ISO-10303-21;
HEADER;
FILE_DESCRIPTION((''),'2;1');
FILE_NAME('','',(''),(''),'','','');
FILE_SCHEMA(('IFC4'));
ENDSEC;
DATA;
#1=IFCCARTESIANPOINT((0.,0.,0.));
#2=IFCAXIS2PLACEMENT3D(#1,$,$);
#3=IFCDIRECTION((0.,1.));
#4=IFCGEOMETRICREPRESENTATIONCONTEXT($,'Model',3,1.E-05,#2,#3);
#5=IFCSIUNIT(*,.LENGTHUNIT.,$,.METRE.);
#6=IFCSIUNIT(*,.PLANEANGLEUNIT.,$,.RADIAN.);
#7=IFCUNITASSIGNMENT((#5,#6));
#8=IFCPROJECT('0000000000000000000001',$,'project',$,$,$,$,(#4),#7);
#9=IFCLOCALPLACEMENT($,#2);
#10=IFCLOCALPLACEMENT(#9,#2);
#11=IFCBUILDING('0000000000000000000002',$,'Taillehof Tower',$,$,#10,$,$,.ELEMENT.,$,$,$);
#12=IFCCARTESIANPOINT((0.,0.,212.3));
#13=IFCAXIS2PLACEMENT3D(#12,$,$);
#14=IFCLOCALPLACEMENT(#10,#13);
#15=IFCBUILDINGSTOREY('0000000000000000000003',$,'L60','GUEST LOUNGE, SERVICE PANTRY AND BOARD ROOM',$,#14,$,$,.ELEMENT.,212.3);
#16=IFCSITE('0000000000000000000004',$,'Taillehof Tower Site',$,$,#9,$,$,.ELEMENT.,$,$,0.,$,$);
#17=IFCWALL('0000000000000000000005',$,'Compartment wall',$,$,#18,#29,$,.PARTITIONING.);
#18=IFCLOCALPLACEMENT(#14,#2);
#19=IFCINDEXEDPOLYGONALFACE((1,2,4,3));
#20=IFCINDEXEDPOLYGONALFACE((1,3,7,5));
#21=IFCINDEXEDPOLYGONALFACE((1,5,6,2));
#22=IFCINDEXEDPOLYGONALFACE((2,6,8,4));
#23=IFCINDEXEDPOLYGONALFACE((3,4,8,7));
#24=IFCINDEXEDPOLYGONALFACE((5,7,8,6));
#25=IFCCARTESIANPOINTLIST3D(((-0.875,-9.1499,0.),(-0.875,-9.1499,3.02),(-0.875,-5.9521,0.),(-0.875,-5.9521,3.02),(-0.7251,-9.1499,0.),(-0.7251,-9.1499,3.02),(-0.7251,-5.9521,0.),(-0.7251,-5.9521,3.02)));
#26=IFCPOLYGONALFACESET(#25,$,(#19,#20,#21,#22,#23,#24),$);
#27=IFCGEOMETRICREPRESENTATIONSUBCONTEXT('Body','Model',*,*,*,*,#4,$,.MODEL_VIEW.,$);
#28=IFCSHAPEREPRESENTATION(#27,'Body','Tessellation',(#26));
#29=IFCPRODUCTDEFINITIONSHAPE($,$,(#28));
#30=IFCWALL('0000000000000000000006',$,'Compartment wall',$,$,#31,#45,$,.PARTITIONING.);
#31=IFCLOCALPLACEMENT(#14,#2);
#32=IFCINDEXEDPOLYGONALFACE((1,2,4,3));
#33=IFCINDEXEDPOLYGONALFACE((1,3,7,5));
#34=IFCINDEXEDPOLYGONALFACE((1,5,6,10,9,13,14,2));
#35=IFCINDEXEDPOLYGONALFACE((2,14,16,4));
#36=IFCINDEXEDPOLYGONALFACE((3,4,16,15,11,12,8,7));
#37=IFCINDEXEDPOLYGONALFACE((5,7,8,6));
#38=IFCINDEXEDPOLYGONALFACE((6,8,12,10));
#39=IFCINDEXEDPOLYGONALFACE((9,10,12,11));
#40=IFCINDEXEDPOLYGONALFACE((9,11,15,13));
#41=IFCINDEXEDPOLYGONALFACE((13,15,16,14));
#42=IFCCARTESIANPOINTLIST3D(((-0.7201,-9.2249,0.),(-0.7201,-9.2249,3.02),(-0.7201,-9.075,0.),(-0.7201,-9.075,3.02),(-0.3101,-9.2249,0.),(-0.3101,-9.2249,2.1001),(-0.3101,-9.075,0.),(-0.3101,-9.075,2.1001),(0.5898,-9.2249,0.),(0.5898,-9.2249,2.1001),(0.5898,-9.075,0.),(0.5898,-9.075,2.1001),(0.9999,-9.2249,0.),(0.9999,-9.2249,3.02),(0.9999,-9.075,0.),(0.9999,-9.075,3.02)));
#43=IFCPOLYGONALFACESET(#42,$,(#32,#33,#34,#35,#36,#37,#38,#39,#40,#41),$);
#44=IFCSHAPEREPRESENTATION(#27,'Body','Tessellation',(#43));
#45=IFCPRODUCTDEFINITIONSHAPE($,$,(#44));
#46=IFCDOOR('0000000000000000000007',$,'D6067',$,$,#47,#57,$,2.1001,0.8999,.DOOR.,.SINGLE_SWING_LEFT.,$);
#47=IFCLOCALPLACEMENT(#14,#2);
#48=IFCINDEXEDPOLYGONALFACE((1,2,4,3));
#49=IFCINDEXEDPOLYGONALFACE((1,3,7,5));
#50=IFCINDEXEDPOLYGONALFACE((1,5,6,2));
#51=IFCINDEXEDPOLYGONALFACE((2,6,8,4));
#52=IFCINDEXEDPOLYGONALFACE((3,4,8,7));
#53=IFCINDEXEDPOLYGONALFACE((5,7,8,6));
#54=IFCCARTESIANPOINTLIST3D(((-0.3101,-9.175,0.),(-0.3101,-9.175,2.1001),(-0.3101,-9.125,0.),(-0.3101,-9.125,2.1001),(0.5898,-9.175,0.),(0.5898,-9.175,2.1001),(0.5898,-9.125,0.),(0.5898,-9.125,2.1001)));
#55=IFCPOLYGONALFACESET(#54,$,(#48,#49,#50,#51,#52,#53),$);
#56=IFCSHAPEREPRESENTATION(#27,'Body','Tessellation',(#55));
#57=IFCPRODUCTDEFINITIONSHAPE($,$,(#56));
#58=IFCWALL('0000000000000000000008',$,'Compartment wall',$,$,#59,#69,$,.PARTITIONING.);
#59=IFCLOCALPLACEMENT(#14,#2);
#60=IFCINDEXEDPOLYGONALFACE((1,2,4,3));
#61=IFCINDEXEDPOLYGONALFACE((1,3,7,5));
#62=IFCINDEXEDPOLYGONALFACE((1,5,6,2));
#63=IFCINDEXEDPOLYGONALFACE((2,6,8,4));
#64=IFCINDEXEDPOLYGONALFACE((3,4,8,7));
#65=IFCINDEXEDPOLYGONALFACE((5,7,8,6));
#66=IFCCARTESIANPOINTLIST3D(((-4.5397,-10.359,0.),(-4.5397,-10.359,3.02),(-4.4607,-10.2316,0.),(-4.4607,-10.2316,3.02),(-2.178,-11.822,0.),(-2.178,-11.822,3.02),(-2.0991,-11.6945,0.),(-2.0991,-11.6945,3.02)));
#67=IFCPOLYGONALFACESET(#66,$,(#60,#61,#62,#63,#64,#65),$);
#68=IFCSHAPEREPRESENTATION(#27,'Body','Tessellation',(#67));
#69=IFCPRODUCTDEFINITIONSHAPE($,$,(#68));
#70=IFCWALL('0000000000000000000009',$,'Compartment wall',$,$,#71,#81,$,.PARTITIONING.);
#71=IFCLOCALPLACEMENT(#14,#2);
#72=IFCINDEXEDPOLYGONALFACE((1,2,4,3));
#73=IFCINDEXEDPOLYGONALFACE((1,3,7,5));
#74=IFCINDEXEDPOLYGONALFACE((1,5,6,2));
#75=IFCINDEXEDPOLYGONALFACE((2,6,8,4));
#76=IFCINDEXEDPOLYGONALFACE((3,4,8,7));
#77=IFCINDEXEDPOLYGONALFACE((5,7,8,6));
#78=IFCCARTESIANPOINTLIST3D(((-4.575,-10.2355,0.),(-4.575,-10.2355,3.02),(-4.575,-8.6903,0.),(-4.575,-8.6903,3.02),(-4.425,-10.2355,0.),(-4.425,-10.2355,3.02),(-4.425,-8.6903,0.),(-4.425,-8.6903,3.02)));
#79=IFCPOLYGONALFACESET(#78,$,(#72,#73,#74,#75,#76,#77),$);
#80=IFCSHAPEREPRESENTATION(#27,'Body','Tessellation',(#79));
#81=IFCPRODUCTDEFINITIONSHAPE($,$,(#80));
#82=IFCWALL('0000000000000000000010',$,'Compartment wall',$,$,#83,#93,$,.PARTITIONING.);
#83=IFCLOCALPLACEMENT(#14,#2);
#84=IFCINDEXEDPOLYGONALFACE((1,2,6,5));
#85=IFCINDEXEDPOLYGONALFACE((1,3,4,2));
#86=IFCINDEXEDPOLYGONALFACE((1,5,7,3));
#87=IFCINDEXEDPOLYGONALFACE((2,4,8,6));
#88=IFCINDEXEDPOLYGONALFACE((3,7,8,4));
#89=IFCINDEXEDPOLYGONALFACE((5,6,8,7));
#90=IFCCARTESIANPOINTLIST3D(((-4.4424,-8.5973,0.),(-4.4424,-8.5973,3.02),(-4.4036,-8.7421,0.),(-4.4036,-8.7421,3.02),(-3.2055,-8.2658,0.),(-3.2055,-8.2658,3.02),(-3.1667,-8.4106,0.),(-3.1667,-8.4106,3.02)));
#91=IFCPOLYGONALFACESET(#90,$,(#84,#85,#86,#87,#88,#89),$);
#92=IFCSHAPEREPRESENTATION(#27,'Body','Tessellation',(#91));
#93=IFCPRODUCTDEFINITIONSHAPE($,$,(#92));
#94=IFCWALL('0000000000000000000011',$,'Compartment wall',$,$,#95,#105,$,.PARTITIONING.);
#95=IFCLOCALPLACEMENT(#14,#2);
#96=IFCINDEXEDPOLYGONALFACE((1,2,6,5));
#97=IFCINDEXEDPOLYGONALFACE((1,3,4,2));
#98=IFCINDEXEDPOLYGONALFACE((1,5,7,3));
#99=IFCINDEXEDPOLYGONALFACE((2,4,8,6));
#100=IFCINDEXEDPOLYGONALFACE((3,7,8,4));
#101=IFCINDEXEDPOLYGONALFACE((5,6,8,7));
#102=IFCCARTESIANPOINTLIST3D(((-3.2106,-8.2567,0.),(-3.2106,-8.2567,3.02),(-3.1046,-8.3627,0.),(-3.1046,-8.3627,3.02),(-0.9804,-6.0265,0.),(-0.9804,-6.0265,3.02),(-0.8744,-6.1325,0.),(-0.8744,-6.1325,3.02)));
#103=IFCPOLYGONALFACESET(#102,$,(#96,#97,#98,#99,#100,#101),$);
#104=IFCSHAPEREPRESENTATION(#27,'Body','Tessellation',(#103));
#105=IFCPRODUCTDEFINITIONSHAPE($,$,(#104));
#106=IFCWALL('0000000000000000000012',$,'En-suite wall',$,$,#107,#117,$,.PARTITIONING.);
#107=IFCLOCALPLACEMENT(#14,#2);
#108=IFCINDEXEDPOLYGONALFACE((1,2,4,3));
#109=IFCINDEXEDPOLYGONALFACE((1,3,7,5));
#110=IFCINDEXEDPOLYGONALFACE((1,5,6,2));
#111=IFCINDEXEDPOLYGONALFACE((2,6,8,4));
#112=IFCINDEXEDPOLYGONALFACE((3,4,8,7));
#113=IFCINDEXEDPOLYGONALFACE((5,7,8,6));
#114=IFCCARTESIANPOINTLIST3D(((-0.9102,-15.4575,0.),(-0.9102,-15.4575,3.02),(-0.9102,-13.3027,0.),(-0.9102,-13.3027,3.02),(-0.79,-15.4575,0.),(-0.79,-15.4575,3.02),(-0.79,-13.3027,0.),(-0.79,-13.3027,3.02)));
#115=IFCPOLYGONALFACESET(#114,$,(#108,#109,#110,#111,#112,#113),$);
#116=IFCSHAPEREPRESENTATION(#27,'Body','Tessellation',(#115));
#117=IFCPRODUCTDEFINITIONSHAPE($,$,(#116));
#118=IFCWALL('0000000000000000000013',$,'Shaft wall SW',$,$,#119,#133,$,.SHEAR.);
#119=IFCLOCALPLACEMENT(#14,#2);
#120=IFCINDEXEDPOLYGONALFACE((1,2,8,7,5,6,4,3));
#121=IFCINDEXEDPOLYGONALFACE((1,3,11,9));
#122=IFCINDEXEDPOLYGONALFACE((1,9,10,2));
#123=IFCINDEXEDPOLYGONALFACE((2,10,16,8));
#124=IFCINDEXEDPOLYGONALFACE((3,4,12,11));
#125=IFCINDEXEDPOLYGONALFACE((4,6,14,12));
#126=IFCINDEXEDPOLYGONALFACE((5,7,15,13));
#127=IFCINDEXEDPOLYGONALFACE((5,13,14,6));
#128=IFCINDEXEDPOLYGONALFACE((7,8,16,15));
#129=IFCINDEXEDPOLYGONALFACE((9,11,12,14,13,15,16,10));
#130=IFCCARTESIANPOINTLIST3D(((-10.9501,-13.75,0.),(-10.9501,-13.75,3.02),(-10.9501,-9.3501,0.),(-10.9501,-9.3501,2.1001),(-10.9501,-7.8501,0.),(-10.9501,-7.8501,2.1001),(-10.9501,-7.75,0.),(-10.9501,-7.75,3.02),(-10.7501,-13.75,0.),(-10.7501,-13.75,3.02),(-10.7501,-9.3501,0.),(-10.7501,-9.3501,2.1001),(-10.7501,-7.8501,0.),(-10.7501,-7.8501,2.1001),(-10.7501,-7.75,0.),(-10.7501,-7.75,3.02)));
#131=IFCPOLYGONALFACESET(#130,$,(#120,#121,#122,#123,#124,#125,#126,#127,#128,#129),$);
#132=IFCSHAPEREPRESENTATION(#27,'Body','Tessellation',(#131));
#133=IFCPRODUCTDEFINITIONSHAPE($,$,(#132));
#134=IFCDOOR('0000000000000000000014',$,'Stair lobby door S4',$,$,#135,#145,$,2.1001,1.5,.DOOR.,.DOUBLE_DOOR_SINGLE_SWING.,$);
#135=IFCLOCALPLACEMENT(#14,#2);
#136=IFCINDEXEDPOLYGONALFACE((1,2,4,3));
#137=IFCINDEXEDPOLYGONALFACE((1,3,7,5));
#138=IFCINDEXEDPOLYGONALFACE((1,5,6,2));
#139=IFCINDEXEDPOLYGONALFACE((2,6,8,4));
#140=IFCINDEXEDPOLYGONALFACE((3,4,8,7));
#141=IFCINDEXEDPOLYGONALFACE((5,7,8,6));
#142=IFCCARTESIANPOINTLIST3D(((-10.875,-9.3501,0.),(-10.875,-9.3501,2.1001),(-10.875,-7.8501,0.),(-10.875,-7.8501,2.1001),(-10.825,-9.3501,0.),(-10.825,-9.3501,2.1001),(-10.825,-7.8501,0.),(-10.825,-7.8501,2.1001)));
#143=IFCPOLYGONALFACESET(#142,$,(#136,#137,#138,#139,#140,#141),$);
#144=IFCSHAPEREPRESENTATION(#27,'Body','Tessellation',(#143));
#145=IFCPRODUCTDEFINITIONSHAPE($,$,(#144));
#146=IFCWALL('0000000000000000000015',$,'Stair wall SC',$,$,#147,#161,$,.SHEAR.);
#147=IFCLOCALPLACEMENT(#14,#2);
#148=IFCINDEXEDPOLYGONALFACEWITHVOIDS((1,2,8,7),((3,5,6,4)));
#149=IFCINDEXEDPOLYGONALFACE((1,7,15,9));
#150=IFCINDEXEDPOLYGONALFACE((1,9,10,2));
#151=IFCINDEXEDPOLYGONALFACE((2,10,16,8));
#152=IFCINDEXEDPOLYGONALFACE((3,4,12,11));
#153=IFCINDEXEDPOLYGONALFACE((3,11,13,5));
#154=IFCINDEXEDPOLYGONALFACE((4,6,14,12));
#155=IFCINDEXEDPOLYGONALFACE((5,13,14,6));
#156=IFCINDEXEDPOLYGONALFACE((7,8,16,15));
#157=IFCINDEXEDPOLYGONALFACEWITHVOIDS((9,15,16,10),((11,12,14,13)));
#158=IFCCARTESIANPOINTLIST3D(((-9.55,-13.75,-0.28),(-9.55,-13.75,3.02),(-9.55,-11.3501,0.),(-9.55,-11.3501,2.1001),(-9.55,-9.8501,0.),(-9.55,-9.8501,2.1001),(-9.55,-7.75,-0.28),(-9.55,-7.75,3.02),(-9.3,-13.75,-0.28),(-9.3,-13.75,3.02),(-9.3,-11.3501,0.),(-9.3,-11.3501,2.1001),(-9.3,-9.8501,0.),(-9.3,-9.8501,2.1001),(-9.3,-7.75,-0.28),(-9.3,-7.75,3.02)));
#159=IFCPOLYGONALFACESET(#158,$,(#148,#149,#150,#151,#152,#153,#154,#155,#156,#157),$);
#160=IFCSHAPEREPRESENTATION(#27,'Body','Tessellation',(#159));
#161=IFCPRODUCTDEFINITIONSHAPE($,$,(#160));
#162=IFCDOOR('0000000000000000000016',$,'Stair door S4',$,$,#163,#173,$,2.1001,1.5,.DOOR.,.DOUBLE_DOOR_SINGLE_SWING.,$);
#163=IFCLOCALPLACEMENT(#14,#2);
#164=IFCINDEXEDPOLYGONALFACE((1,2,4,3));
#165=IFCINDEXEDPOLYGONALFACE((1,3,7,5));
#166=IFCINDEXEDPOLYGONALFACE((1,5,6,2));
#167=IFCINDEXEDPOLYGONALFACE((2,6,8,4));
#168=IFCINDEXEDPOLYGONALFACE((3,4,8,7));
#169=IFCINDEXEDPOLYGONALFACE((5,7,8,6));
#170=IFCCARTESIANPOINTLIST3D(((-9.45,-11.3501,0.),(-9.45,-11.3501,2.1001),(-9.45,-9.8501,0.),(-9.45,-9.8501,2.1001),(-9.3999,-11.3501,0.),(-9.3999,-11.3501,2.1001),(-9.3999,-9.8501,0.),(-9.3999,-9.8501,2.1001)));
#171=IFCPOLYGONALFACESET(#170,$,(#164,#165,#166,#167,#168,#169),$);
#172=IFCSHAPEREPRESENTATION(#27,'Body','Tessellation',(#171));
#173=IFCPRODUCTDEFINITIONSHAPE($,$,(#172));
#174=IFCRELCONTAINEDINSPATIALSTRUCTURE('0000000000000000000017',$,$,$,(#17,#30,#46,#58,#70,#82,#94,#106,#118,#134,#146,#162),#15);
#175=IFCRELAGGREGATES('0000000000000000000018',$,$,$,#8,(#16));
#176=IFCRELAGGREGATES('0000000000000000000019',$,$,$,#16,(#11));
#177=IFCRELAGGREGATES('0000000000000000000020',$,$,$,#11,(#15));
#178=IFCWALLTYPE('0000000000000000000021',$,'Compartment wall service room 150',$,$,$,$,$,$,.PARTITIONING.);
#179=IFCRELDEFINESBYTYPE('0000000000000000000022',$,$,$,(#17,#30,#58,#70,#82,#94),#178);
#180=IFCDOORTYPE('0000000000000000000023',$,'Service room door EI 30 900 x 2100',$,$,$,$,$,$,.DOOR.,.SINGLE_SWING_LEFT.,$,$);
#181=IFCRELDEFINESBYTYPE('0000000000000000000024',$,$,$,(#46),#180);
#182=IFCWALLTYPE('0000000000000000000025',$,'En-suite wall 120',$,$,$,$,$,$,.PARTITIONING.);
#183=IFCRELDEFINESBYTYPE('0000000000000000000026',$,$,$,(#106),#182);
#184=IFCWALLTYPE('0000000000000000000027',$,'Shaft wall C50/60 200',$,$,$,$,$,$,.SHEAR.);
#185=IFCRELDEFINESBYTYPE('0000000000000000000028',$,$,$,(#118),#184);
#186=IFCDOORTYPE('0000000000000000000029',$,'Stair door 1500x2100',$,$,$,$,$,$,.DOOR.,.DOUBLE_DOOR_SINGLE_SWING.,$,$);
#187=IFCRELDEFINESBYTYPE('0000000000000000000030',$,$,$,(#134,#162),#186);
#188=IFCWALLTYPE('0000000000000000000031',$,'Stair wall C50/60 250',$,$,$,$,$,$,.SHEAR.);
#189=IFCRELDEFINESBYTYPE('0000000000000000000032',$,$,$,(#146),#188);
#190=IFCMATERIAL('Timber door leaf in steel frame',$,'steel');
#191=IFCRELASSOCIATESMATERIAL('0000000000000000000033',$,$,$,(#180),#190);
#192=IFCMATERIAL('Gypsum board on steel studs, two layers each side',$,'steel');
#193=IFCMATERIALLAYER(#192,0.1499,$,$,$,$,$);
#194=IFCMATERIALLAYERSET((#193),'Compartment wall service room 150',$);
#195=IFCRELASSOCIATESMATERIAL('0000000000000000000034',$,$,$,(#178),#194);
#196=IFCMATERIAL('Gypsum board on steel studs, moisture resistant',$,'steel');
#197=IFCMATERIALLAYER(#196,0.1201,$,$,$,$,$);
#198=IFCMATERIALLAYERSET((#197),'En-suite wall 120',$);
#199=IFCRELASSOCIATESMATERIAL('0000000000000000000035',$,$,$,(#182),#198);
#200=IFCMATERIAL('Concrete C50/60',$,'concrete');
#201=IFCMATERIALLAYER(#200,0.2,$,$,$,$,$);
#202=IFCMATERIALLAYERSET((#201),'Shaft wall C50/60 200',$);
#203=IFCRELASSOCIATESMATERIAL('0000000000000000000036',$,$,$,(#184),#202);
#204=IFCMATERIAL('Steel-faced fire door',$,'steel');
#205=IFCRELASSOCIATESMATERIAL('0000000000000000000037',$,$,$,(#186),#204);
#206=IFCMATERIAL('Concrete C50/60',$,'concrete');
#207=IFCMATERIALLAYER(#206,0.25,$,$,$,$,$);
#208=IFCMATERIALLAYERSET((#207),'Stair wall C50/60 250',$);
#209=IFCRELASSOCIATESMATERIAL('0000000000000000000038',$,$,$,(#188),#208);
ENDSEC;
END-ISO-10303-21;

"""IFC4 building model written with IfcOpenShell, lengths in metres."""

from ifc_helpers import new_model, si_unit, direction, frame, frame_2d, origin, place, context, subcontext, project, spatial, rectangle, extrude, material, layer, layer_set, type_object, element, fill, save


model = new_model("IFC4")

# Units and contexts
model_context = context("Model", 3, precision=1e-05, world=origin(), true_north=direction((0.0, 1.0)))
body_context = subcontext(model_context, "Body", "Model", "MODEL_VIEW")
ifc_project = project(units=[si_unit("LENGTHUNIT", "METRE"), si_unit("PLANEANGLEUNIT", "RADIAN")], contexts=[model_context])

# Site, building, storey
site_placement = place(None, origin())
site = spatial("IfcSite", under=ifc_project, at=site_placement, Name="Taillehof Tower Site", CompositionType="ELEMENT", RefElevation=0.0)
building_placement = place(site_placement, origin())
building = spatial("IfcBuilding", under=site, at=building_placement, Name="Taillehof Tower", CompositionType="ELEMENT")
storey_placement = place(building_placement, frame((0.0, 0.0, 212.3)))
storey = spatial("IfcBuildingStorey", under=building, at=storey_placement, Name="L60", Description="GUEST LOUNGE, SERVICE PANTRY AND BOARD ROOM", CompositionType="ELEMENT", Elevation=212.3)

# Shared definitions
ifc_material_1 = material(Name="Timber door leaf in steel frame", Category="steel")
door_type_1 = type_object("IfcDoorType", Name="Service room door EI 30 900 x 2100", OperationType="SINGLE_SWING_LEFT", PredefinedType="DOOR", material=ifc_material_1)

# Wall
ifc_material_2 = material(Name="Gypsum board on steel studs, two layers each side", Category="steel")
ifc_layer_1 = layer(ifc_material_2, 0.1499)
ifc_layer_set_1 = layer_set([ifc_layer_1], Name="Compartment wall service room 150")
wall_type_1 = type_object("IfcWallType", Name="Compartment wall service room 150", PredefinedType="PARTITIONING", material=ifc_layer_set_1)
wall_1_placement = place(storey_placement, frame((-0.8, -5.9521, 0.0), z_axis=(0.0, 0.0, 1.0), x_axis=(0.0, -1.0, 0.0)))
element("IfcWall", 1, at=wall_1_placement, inside=storey, type_object=wall_type_1, Name="Compartment wall", PredefinedType="PARTITIONING", context=body_context, shape_type="SweptSolid", body=[
    extrude(rectangle(XDim=3.1978, YDim=0.1499, at=frame_2d((1.5989, 0.0))), origin(), (0.0, 0.0, 1.0), 3.02),
])

# Wall, opening, door
wall_2_placement = place(storey_placement, frame((-0.72, -9.1499, 0.0), z_axis=(0.0, 0.0, 1.0), x_axis=(1.0, 0.0, 0.0)))
wall_2 = element("IfcWall", 2, at=wall_2_placement, inside=storey, type_object=wall_type_1, Name="Compartment wall", PredefinedType="PARTITIONING", context=body_context, shape_type="SweptSolid", body=[
    extrude(rectangle(XDim=1.72, YDim=0.1499, at=frame_2d((0.8599, 0.0))), origin(), (0.0, 0.0, 1.0), 3.02),
])
opening_1_placement = place(wall_2_placement, frame((0.4099, 0.0, 0.0)))
opening_1 = element("IfcOpeningElement", 3, at=opening_1_placement, cuts=wall_2, PredefinedType="OPENING", context=body_context, shape_type="SweptSolid", body=[
    extrude(rectangle(XDim=0.8999, YDim=2.1001, at=frame_2d((0.45, 1.05))), frame((0.0, 0.085, 0.0), z_axis=(0.0, -1.0, 0.0), x_axis=(1.0, 0.0, 0.0)), (0.0, 0.0, 1.0), 0.1699),
])
door_1_placement = place(opening_1_placement, origin())
door_1 = element("IfcDoor", 4, at=door_1_placement, inside=storey, type_object=door_type_1, Name="D6067", OperationType="SINGLE_SWING_LEFT", OverallHeight=2.1001, OverallWidth=0.8999, PredefinedType="DOOR", context=body_context, shape_type="SweptSolid", body=[
    extrude(rectangle(XDim=0.8999, YDim=2.1001, at=frame_2d((0.45, 1.05))), frame((0.0, 0.0249, 0.0), z_axis=(0.0, -1.0, 0.0), x_axis=(1.0, 0.0, 0.0)), (0.0, 0.0, 1.0), 0.05),
])
fill(opening_1, door_1)

# Walls
wall_3_placement = place(storey_placement, frame((-2.1384, -11.7583, 0.0), z_axis=(0.0, 0.0, 1.0), x_axis=(-0.85011, 0.526606, 0.0)))
element("IfcWall", 5, at=wall_3_placement, inside=storey, type_object=wall_type_1, Name="Compartment wall", PredefinedType="PARTITIONING", context=body_context, shape_type="SweptSolid", body=[
    extrude(rectangle(XDim=2.7781, YDim=0.1499, at=frame_2d((1.3892, 0.0))), origin(), (0.0, 0.0, 1.0), 3.02),
])
wall_4_placement = place(storey_placement, frame((-4.5, -10.2354, 0.0), z_axis=(0.0, 0.0, 1.0), x_axis=(0.0, 1.0, 0.0)))
element("IfcWall", 6, at=wall_4_placement, inside=storey, type_object=wall_type_1, Name="Compartment wall", PredefinedType="PARTITIONING", context=body_context, shape_type="SweptSolid", body=[
    extrude(rectangle(XDim=1.5452, YDim=0.1499, at=frame_2d((0.7725, 0.0))), origin(), (0.0, 0.0, 1.0), 3.02),
])
wall_5_placement = place(storey_placement, frame((-4.4229, -8.6697, 0.0), z_axis=(0.0, 0.0, 1.0), x_axis=(0.965899, 0.25892, 0.0)))
element("IfcWall", 7, at=wall_5_placement, inside=storey, type_object=wall_type_1, Name="Compartment wall", PredefinedType="PARTITIONING", context=body_context, shape_type="SweptSolid", body=[
    extrude(rectangle(XDim=1.2805, YDim=0.1499, at=frame_2d((0.6401, 0.0))), origin(), (0.0, 0.0, 1.0), 3.02),
])
wall_6_placement = place(storey_placement, frame((-3.1577, -8.3098, 0.0), z_axis=(0.0, 0.0, 1.0), x_axis=(0.707107, 0.707107, 0.0)))
element("IfcWall", 8, at=wall_6_placement, inside=storey, type_object=wall_type_1, Name="Compartment wall", PredefinedType="PARTITIONING", context=body_context, shape_type="SweptSolid", body=[
    extrude(rectangle(XDim=3.1541, YDim=0.1499, at=frame_2d((1.5771, 0.0))), origin(), (0.0, 0.0, 1.0), 3.02),
])
ifc_material_3 = material(Name="Gypsum board on steel studs, moisture resistant", Category="steel")
ifc_layer_2 = layer(ifc_material_3, 0.1201)
ifc_layer_set_2 = layer_set([ifc_layer_2], Name="En-suite wall 120")
wall_type_2 = type_object("IfcWallType", Name="En-suite wall 120", PredefinedType="PARTITIONING", material=ifc_layer_set_2)
wall_7_placement = place(storey_placement, frame((-0.8501, -13.3027, 0.0), z_axis=(0.0, 0.0, 1.0), x_axis=(0.0, -1.0, 0.0)))
element("IfcWall", 9, at=wall_7_placement, inside=storey, type_object=wall_type_2, Name="En-suite wall", PredefinedType="PARTITIONING", context=body_context, shape_type="SweptSolid", body=[
    extrude(rectangle(XDim=2.1548, YDim=0.1201, at=frame_2d((1.0774, 0.0))), origin(), (0.0, 0.0, 1.0), 3.02),
])

# Walls, openings, doors
ifc_material_4 = material(Name="Concrete C50/60", Category="concrete")
ifc_layer_3 = layer(ifc_material_4, 0.2)
ifc_layer_set_3 = layer_set([ifc_layer_3], Name="Shaft wall C50/60 200")
wall_type_3 = type_object("IfcWallType", Name="Shaft wall C50/60 200", PredefinedType="SHEAR", material=ifc_layer_set_3)
wall_8_placement = place(storey_placement, frame((-10.8501, -13.75, 0.0), z_axis=(0.0, 0.0, 1.0), x_axis=(0.0, 1.0, 0.0)))
wall_8 = element("IfcWall", 10, at=wall_8_placement, inside=storey, type_object=wall_type_3, Name="Shaft wall SW", PredefinedType="SHEAR", context=body_context, shape_type="SweptSolid", body=[
    extrude(rectangle(XDim=6.0, YDim=0.2, at=frame_2d((3.0, 0.0))), origin(), (0.0, 0.0, 1.0), 3.02),
])
opening_2_placement = place(wall_8_placement, frame((4.3999, 0.0, 0.0)))
opening_2 = element("IfcOpeningElement", 11, at=opening_2_placement, cuts=wall_8, PredefinedType="OPENING", context=body_context, shape_type="SweptSolid", body=[
    extrude(rectangle(XDim=1.5, YDim=2.1001, at=frame_2d((0.75, 1.05))), frame((0.0, 0.1099, 0.0), z_axis=(0.0, -1.0, 0.0), x_axis=(1.0, 0.0, 0.0)), (0.0, 0.0, 1.0), 0.22),
])
ifc_material_5 = material(Name="Steel-faced fire door", Category="steel")
door_type_2 = type_object("IfcDoorType", Name="Stair door 1500x2100", OperationType="DOUBLE_DOOR_SINGLE_SWING", PredefinedType="DOOR", material=ifc_material_5)
door_2_placement = place(opening_2_placement, origin())
door_2 = element("IfcDoor", 12, at=door_2_placement, inside=storey, type_object=door_type_2, Name="Stair lobby door S4", OperationType="DOUBLE_DOOR_SINGLE_SWING", OverallHeight=2.1001, OverallWidth=1.5, PredefinedType="DOOR", context=body_context, shape_type="SweptSolid", body=[
    extrude(rectangle(XDim=1.5, YDim=2.1001, at=frame_2d((0.75, 1.05))), frame((0.0, 0.0249, 0.0), z_axis=(0.0, -1.0, 0.0), x_axis=(1.0, 0.0, 0.0)), (0.0, 0.0, 1.0), 0.05),
])
fill(opening_2, door_2)
ifc_material_6 = material(Name="Concrete C50/60", Category="concrete")
ifc_layer_4 = layer(ifc_material_6, 0.25)
ifc_layer_set_4 = layer_set([ifc_layer_4], Name="Stair wall C50/60 250")
wall_type_4 = type_object("IfcWallType", Name="Stair wall C50/60 250", PredefinedType="SHEAR", material=ifc_layer_set_4)
wall_9_placement = place(storey_placement, frame((-9.425, -13.75, -0.28), z_axis=(0.0, 0.0, 1.0), x_axis=(0.0, 1.0, 0.0)))
wall_9 = element("IfcWall", 13, at=wall_9_placement, inside=storey, type_object=wall_type_4, Name="Stair wall SC", PredefinedType="SHEAR", context=body_context, shape_type="SweptSolid", body=[
    extrude(rectangle(XDim=6.0, YDim=0.25, at=frame_2d((3.0, 0.0))), origin(), (0.0, 0.0, 1.0), 3.3),
])
opening_3_placement = place(wall_9_placement, frame((2.3999, 0.0, 0.28)))
opening_3 = element("IfcOpeningElement", 14, at=opening_3_placement, cuts=wall_9, PredefinedType="OPENING", context=body_context, shape_type="SweptSolid", body=[
    extrude(rectangle(XDim=1.5, YDim=2.1001, at=frame_2d((0.75, 1.05))), frame((0.0, 0.135, 0.0), z_axis=(0.0, -1.0, 0.0), x_axis=(1.0, 0.0, 0.0)), (0.0, 0.0, 1.0), 0.27),
])
door_3_placement = place(opening_3_placement, origin())
door_3 = element("IfcDoor", 15, at=door_3_placement, inside=storey, type_object=door_type_2, Name="Stair door S4", OperationType="DOUBLE_DOOR_SINGLE_SWING", OverallHeight=2.1001, OverallWidth=1.5, PredefinedType="DOOR", context=body_context, shape_type="SweptSolid", body=[
    extrude(rectangle(XDim=1.5, YDim=2.1001, at=frame_2d((0.75, 1.05))), frame((0.0, 0.0249, 0.0), z_axis=(0.0, -1.0, 0.0), x_axis=(1.0, 0.0, 0.0)), (0.0, 0.0, 1.0), 0.05),
])
fill(opening_3, door_3)

save(model, "model.ifc")
